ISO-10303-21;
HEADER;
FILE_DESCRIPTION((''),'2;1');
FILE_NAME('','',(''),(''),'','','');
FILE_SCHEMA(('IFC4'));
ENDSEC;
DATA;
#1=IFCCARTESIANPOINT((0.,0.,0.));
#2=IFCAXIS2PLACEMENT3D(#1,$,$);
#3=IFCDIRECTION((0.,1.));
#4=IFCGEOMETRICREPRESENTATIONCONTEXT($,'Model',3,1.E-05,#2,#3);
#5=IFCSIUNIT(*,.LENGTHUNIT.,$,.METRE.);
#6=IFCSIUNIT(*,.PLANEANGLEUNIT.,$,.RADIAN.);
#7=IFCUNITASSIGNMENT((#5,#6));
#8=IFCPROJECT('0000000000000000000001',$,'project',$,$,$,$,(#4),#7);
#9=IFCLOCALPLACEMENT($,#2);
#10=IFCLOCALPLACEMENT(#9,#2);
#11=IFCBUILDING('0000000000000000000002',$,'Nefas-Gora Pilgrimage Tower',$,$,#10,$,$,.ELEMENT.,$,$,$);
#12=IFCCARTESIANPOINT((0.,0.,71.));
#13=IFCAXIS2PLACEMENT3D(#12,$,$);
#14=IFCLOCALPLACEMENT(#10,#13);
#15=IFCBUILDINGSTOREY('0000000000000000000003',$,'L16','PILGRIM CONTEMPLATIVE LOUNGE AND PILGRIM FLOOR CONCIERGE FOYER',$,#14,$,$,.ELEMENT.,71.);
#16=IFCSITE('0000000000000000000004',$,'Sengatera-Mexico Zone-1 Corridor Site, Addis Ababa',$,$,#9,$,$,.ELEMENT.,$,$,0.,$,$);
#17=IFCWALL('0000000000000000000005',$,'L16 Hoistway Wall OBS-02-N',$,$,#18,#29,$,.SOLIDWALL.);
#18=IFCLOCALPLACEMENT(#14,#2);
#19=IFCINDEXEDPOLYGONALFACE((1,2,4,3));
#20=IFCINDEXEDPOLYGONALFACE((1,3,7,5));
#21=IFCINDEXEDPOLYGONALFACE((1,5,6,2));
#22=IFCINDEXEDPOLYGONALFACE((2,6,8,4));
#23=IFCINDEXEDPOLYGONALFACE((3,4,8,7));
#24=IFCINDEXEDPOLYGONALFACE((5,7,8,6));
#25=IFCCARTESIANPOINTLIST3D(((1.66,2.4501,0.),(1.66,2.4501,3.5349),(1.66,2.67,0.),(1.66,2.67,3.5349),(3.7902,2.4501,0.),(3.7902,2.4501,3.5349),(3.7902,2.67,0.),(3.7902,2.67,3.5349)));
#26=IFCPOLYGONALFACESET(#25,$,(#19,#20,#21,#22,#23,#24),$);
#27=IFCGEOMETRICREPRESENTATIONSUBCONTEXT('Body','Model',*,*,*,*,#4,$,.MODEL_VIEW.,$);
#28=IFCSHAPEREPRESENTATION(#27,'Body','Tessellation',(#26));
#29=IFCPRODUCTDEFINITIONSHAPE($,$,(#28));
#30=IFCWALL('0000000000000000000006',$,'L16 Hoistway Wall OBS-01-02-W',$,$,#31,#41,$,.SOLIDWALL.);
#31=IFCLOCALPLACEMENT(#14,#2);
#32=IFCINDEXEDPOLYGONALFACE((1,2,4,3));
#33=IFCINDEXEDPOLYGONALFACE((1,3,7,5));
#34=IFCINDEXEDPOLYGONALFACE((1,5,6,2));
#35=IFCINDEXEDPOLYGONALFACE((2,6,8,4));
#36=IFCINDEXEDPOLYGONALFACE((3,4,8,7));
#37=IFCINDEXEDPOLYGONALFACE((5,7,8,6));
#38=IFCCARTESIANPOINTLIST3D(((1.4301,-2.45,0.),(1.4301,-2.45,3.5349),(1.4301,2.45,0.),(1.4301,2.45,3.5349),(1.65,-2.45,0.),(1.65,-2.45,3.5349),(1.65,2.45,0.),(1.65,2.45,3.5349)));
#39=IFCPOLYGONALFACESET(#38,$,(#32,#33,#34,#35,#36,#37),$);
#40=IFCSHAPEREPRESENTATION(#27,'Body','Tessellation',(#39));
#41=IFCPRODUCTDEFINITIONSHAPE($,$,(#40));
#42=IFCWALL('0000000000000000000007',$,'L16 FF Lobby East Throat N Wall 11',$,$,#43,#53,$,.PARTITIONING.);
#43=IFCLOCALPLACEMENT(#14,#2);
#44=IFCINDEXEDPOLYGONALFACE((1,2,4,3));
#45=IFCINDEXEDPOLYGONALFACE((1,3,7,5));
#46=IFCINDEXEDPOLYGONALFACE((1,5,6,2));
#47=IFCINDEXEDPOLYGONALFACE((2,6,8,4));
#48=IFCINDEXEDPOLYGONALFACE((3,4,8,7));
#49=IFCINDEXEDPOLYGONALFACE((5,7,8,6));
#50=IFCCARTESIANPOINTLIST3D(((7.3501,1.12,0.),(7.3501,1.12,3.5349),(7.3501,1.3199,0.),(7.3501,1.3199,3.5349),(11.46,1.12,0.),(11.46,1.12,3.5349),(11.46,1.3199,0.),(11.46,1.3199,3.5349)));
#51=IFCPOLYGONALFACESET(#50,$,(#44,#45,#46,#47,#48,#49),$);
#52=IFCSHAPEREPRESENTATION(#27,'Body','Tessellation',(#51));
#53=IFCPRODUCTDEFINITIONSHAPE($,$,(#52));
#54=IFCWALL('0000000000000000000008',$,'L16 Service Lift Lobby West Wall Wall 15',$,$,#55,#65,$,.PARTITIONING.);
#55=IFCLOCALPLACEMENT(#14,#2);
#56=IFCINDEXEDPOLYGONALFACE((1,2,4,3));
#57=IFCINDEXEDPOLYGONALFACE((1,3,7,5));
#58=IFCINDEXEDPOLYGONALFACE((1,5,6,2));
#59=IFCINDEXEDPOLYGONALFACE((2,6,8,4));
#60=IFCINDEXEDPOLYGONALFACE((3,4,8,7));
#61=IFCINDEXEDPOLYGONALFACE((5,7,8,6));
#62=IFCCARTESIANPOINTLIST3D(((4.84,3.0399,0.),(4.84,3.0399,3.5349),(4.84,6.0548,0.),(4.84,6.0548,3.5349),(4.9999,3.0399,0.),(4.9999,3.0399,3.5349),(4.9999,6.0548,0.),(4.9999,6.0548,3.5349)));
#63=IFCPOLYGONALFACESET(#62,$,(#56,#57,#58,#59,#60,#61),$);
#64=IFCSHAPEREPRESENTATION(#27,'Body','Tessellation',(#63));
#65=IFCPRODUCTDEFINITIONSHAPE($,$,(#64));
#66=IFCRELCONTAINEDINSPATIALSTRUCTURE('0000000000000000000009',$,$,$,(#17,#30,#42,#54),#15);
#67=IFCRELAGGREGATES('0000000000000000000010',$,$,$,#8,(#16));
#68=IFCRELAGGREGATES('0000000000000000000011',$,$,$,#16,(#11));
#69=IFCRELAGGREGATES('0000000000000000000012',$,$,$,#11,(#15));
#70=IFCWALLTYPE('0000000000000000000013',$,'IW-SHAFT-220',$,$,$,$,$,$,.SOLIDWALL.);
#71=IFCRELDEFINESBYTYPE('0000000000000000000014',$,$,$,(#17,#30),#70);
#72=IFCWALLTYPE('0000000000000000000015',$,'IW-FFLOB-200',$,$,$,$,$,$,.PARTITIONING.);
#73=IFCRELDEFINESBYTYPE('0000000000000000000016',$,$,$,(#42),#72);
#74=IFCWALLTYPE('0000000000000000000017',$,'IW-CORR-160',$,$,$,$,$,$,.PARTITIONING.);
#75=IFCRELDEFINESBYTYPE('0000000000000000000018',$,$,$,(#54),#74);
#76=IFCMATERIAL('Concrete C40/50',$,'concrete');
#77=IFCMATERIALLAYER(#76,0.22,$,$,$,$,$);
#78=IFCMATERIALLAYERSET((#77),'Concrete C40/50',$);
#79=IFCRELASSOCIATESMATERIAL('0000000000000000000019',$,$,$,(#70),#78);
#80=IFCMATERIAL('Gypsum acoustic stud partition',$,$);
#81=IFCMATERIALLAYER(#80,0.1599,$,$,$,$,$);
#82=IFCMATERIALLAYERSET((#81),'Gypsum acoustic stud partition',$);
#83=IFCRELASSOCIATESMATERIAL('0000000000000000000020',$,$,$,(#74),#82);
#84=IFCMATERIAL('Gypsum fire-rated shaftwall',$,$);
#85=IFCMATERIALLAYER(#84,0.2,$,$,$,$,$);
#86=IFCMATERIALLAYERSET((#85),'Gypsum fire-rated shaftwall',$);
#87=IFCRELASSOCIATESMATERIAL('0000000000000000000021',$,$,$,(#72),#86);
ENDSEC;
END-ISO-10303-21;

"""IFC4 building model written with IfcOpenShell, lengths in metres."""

from ifc_helpers import new_model, si_unit, direction, frame, frame_2d, origin, place, context, subcontext, project, spatial, rectangle, extrude, source, transform, mapped, material, layer, layer_set, type_object, element, save


model = new_model("IFC4")

# Units and contexts
model_context = context("Model", 3, precision=1e-05, world=origin(), true_north=direction((0.0, 1.0)))
body_context = subcontext(model_context, "Body", "Model", "MODEL_VIEW")
ifc_project = project(units=[si_unit("LENGTHUNIT", "METRE"), si_unit("PLANEANGLEUNIT", "RADIAN")], contexts=[model_context])

# Site, building, storey
site_placement = place(None, origin())
site = spatial("IfcSite", under=ifc_project, at=site_placement, Name="Sengatera-Mexico Zone-1 Corridor Site, Addis Ababa", CompositionType="ELEMENT", RefElevation=0.0)
building_placement = place(site_placement, origin())
building = spatial("IfcBuilding", under=site, at=building_placement, Name="Nefas-Gora Pilgrimage Tower", CompositionType="ELEMENT")
storey_placement = place(building_placement, frame((0.0, 0.0, 71.0)))
storey = spatial("IfcBuildingStorey", under=building, at=storey_placement, Name="L16", Description="PILGRIM CONTEMPLATIVE LOUNGE AND PILGRIM FLOOR CONCIERGE FOYER", CompositionType="ELEMENT", Elevation=71.0)

# Shared definitions
ifc_material_1 = material(Name="Concrete C40/50", Category="concrete")
ifc_layer_1 = layer(ifc_material_1, 0.22)
ifc_layer_set_1 = layer_set([ifc_layer_1], Name="Concrete C40/50")
wall_type_1 = type_object("IfcWallType", Name="IW-SHAFT-220", PredefinedType="SOLIDWALL", material=ifc_layer_set_1)

# Walls
ifc_material_2 = material(Name="Gypsum acoustic stud partition")
ifc_layer_2 = layer(ifc_material_2, 0.1599)
ifc_layer_set_2 = layer_set([ifc_layer_2], Name="Gypsum acoustic stud partition")
wall_type_2 = type_object("IfcWallType", Name="IW-CORR-160", PredefinedType="PARTITIONING", material=ifc_layer_set_2)
shared_shape_1 = source(origin(), body_context, "Body", "SweptSolid", [
    extrude(rectangle(XDim=2.1301, YDim=0.22, at=frame_2d((1.0649, 0.0))), origin(), (0.0, 0.0, 1.0), 3.5349),
])
for number, where, z_axis, x_axis, name in (
    (1, (3.79, 2.5601, 0.0), (0.0, 0.0, 1.0), (-1.0, 0.0, 0.0), "L16 Hoistway Wall OBS-02-N"),
):
    element("IfcWall", number, at=place(storey_placement, frame(where, z_axis=z_axis, x_axis=x_axis)), inside=storey, type_object=wall_type_1, Name=name, PredefinedType="SOLIDWALL", context=body_context, shape_type="MappedRepresentation", body=[
        mapped(shared_shape_1, transform((0.0, 0.0, 0.0), x_axis=(1.0, 0.0, 0.0), y_axis=(0.0, 1.0, 0.0), z_axis=(0.0, 0.0, 1.0), scale=1.0)),
    ])
shared_shape_2 = source(origin(), body_context, "Body", "SweptSolid", [
    extrude(rectangle(XDim=4.8999, YDim=0.22, at=frame_2d((2.45, 0.0))), origin(), (0.0, 0.0, 1.0), 3.5349),
])
wall_1_placement = place(storey_placement, frame((1.54, 2.45, 0.0), z_axis=(0.0, 0.0, 1.0), x_axis=(0.0, -1.0, 0.0)))
element("IfcWall", 2, at=wall_1_placement, inside=storey, type_object=wall_type_1, Name="L16 Hoistway Wall OBS-01-02-W", PredefinedType="SOLIDWALL", context=body_context, shape_type="MappedRepresentation", body=[
    mapped(shared_shape_2, transform((0.0, 0.0, 0.0), x_axis=(1.0, 0.0, 0.0), y_axis=(0.0, 1.0, 0.0), z_axis=(0.0, 0.0, 1.0), scale=1.0)),
])

# Shared definitions
ifc_material_3 = material(Name="Gypsum fire-rated shaftwall")
ifc_layer_3 = layer(ifc_material_3, 0.2)
ifc_layer_set_3 = layer_set([ifc_layer_3], Name="Gypsum fire-rated shaftwall")
wall_type_3 = type_object("IfcWallType", Name="IW-FFLOB-200", PredefinedType="PARTITIONING", material=ifc_layer_set_3)

# Walls
shared_shape_3 = source(origin(), body_context, "Body", "SweptSolid", [
    extrude(rectangle(XDim=4.1099, YDim=0.2, at=frame_2d((2.0549, 0.0))), origin(), (0.0, 0.0, 1.0), 3.5349),
])
wall_2_placement = place(storey_placement, frame((7.3501, 1.22, 0.0), z_axis=(0.0, 0.0, 1.0), x_axis=(1.0, 0.0, 0.0)))
element("IfcWall", 3, at=wall_2_placement, inside=storey, type_object=wall_type_3, Name="L16 FF Lobby East Throat N Wall 11", PredefinedType="PARTITIONING", context=body_context, shape_type="MappedRepresentation", body=[
    mapped(shared_shape_3, transform((0.0, 0.0, 0.0), x_axis=(1.0, 0.0, 0.0), y_axis=(0.0, 1.0, 0.0), z_axis=(0.0, 0.0, 1.0), scale=1.0)),
])
shared_shape_4 = source(origin(), body_context, "Body", "SweptSolid", [
    extrude(rectangle(XDim=3.0149, YDim=0.1599, at=frame_2d((1.5073, 0.0))), origin(), (0.0, 0.0, 1.0), 3.5349),
])
wall_3_placement = place(storey_placement, frame((4.9199, 3.04, 0.0), z_axis=(0.0, 0.0, 1.0), x_axis=(0.0, 1.0, 0.0)))
element("IfcWall", 4, at=wall_3_placement, inside=storey, type_object=wall_type_2, Name="L16 Service Lift Lobby West Wall Wall 15", PredefinedType="PARTITIONING", context=body_context, shape_type="MappedRepresentation", body=[
    mapped(shared_shape_4, transform((0.0, 0.0, 0.0), x_axis=(1.0, 0.0, 0.0), y_axis=(0.0, 1.0, 0.0), z_axis=(0.0, 0.0, 1.0), scale=1.0)),
])

save(model, "model.ifc")
